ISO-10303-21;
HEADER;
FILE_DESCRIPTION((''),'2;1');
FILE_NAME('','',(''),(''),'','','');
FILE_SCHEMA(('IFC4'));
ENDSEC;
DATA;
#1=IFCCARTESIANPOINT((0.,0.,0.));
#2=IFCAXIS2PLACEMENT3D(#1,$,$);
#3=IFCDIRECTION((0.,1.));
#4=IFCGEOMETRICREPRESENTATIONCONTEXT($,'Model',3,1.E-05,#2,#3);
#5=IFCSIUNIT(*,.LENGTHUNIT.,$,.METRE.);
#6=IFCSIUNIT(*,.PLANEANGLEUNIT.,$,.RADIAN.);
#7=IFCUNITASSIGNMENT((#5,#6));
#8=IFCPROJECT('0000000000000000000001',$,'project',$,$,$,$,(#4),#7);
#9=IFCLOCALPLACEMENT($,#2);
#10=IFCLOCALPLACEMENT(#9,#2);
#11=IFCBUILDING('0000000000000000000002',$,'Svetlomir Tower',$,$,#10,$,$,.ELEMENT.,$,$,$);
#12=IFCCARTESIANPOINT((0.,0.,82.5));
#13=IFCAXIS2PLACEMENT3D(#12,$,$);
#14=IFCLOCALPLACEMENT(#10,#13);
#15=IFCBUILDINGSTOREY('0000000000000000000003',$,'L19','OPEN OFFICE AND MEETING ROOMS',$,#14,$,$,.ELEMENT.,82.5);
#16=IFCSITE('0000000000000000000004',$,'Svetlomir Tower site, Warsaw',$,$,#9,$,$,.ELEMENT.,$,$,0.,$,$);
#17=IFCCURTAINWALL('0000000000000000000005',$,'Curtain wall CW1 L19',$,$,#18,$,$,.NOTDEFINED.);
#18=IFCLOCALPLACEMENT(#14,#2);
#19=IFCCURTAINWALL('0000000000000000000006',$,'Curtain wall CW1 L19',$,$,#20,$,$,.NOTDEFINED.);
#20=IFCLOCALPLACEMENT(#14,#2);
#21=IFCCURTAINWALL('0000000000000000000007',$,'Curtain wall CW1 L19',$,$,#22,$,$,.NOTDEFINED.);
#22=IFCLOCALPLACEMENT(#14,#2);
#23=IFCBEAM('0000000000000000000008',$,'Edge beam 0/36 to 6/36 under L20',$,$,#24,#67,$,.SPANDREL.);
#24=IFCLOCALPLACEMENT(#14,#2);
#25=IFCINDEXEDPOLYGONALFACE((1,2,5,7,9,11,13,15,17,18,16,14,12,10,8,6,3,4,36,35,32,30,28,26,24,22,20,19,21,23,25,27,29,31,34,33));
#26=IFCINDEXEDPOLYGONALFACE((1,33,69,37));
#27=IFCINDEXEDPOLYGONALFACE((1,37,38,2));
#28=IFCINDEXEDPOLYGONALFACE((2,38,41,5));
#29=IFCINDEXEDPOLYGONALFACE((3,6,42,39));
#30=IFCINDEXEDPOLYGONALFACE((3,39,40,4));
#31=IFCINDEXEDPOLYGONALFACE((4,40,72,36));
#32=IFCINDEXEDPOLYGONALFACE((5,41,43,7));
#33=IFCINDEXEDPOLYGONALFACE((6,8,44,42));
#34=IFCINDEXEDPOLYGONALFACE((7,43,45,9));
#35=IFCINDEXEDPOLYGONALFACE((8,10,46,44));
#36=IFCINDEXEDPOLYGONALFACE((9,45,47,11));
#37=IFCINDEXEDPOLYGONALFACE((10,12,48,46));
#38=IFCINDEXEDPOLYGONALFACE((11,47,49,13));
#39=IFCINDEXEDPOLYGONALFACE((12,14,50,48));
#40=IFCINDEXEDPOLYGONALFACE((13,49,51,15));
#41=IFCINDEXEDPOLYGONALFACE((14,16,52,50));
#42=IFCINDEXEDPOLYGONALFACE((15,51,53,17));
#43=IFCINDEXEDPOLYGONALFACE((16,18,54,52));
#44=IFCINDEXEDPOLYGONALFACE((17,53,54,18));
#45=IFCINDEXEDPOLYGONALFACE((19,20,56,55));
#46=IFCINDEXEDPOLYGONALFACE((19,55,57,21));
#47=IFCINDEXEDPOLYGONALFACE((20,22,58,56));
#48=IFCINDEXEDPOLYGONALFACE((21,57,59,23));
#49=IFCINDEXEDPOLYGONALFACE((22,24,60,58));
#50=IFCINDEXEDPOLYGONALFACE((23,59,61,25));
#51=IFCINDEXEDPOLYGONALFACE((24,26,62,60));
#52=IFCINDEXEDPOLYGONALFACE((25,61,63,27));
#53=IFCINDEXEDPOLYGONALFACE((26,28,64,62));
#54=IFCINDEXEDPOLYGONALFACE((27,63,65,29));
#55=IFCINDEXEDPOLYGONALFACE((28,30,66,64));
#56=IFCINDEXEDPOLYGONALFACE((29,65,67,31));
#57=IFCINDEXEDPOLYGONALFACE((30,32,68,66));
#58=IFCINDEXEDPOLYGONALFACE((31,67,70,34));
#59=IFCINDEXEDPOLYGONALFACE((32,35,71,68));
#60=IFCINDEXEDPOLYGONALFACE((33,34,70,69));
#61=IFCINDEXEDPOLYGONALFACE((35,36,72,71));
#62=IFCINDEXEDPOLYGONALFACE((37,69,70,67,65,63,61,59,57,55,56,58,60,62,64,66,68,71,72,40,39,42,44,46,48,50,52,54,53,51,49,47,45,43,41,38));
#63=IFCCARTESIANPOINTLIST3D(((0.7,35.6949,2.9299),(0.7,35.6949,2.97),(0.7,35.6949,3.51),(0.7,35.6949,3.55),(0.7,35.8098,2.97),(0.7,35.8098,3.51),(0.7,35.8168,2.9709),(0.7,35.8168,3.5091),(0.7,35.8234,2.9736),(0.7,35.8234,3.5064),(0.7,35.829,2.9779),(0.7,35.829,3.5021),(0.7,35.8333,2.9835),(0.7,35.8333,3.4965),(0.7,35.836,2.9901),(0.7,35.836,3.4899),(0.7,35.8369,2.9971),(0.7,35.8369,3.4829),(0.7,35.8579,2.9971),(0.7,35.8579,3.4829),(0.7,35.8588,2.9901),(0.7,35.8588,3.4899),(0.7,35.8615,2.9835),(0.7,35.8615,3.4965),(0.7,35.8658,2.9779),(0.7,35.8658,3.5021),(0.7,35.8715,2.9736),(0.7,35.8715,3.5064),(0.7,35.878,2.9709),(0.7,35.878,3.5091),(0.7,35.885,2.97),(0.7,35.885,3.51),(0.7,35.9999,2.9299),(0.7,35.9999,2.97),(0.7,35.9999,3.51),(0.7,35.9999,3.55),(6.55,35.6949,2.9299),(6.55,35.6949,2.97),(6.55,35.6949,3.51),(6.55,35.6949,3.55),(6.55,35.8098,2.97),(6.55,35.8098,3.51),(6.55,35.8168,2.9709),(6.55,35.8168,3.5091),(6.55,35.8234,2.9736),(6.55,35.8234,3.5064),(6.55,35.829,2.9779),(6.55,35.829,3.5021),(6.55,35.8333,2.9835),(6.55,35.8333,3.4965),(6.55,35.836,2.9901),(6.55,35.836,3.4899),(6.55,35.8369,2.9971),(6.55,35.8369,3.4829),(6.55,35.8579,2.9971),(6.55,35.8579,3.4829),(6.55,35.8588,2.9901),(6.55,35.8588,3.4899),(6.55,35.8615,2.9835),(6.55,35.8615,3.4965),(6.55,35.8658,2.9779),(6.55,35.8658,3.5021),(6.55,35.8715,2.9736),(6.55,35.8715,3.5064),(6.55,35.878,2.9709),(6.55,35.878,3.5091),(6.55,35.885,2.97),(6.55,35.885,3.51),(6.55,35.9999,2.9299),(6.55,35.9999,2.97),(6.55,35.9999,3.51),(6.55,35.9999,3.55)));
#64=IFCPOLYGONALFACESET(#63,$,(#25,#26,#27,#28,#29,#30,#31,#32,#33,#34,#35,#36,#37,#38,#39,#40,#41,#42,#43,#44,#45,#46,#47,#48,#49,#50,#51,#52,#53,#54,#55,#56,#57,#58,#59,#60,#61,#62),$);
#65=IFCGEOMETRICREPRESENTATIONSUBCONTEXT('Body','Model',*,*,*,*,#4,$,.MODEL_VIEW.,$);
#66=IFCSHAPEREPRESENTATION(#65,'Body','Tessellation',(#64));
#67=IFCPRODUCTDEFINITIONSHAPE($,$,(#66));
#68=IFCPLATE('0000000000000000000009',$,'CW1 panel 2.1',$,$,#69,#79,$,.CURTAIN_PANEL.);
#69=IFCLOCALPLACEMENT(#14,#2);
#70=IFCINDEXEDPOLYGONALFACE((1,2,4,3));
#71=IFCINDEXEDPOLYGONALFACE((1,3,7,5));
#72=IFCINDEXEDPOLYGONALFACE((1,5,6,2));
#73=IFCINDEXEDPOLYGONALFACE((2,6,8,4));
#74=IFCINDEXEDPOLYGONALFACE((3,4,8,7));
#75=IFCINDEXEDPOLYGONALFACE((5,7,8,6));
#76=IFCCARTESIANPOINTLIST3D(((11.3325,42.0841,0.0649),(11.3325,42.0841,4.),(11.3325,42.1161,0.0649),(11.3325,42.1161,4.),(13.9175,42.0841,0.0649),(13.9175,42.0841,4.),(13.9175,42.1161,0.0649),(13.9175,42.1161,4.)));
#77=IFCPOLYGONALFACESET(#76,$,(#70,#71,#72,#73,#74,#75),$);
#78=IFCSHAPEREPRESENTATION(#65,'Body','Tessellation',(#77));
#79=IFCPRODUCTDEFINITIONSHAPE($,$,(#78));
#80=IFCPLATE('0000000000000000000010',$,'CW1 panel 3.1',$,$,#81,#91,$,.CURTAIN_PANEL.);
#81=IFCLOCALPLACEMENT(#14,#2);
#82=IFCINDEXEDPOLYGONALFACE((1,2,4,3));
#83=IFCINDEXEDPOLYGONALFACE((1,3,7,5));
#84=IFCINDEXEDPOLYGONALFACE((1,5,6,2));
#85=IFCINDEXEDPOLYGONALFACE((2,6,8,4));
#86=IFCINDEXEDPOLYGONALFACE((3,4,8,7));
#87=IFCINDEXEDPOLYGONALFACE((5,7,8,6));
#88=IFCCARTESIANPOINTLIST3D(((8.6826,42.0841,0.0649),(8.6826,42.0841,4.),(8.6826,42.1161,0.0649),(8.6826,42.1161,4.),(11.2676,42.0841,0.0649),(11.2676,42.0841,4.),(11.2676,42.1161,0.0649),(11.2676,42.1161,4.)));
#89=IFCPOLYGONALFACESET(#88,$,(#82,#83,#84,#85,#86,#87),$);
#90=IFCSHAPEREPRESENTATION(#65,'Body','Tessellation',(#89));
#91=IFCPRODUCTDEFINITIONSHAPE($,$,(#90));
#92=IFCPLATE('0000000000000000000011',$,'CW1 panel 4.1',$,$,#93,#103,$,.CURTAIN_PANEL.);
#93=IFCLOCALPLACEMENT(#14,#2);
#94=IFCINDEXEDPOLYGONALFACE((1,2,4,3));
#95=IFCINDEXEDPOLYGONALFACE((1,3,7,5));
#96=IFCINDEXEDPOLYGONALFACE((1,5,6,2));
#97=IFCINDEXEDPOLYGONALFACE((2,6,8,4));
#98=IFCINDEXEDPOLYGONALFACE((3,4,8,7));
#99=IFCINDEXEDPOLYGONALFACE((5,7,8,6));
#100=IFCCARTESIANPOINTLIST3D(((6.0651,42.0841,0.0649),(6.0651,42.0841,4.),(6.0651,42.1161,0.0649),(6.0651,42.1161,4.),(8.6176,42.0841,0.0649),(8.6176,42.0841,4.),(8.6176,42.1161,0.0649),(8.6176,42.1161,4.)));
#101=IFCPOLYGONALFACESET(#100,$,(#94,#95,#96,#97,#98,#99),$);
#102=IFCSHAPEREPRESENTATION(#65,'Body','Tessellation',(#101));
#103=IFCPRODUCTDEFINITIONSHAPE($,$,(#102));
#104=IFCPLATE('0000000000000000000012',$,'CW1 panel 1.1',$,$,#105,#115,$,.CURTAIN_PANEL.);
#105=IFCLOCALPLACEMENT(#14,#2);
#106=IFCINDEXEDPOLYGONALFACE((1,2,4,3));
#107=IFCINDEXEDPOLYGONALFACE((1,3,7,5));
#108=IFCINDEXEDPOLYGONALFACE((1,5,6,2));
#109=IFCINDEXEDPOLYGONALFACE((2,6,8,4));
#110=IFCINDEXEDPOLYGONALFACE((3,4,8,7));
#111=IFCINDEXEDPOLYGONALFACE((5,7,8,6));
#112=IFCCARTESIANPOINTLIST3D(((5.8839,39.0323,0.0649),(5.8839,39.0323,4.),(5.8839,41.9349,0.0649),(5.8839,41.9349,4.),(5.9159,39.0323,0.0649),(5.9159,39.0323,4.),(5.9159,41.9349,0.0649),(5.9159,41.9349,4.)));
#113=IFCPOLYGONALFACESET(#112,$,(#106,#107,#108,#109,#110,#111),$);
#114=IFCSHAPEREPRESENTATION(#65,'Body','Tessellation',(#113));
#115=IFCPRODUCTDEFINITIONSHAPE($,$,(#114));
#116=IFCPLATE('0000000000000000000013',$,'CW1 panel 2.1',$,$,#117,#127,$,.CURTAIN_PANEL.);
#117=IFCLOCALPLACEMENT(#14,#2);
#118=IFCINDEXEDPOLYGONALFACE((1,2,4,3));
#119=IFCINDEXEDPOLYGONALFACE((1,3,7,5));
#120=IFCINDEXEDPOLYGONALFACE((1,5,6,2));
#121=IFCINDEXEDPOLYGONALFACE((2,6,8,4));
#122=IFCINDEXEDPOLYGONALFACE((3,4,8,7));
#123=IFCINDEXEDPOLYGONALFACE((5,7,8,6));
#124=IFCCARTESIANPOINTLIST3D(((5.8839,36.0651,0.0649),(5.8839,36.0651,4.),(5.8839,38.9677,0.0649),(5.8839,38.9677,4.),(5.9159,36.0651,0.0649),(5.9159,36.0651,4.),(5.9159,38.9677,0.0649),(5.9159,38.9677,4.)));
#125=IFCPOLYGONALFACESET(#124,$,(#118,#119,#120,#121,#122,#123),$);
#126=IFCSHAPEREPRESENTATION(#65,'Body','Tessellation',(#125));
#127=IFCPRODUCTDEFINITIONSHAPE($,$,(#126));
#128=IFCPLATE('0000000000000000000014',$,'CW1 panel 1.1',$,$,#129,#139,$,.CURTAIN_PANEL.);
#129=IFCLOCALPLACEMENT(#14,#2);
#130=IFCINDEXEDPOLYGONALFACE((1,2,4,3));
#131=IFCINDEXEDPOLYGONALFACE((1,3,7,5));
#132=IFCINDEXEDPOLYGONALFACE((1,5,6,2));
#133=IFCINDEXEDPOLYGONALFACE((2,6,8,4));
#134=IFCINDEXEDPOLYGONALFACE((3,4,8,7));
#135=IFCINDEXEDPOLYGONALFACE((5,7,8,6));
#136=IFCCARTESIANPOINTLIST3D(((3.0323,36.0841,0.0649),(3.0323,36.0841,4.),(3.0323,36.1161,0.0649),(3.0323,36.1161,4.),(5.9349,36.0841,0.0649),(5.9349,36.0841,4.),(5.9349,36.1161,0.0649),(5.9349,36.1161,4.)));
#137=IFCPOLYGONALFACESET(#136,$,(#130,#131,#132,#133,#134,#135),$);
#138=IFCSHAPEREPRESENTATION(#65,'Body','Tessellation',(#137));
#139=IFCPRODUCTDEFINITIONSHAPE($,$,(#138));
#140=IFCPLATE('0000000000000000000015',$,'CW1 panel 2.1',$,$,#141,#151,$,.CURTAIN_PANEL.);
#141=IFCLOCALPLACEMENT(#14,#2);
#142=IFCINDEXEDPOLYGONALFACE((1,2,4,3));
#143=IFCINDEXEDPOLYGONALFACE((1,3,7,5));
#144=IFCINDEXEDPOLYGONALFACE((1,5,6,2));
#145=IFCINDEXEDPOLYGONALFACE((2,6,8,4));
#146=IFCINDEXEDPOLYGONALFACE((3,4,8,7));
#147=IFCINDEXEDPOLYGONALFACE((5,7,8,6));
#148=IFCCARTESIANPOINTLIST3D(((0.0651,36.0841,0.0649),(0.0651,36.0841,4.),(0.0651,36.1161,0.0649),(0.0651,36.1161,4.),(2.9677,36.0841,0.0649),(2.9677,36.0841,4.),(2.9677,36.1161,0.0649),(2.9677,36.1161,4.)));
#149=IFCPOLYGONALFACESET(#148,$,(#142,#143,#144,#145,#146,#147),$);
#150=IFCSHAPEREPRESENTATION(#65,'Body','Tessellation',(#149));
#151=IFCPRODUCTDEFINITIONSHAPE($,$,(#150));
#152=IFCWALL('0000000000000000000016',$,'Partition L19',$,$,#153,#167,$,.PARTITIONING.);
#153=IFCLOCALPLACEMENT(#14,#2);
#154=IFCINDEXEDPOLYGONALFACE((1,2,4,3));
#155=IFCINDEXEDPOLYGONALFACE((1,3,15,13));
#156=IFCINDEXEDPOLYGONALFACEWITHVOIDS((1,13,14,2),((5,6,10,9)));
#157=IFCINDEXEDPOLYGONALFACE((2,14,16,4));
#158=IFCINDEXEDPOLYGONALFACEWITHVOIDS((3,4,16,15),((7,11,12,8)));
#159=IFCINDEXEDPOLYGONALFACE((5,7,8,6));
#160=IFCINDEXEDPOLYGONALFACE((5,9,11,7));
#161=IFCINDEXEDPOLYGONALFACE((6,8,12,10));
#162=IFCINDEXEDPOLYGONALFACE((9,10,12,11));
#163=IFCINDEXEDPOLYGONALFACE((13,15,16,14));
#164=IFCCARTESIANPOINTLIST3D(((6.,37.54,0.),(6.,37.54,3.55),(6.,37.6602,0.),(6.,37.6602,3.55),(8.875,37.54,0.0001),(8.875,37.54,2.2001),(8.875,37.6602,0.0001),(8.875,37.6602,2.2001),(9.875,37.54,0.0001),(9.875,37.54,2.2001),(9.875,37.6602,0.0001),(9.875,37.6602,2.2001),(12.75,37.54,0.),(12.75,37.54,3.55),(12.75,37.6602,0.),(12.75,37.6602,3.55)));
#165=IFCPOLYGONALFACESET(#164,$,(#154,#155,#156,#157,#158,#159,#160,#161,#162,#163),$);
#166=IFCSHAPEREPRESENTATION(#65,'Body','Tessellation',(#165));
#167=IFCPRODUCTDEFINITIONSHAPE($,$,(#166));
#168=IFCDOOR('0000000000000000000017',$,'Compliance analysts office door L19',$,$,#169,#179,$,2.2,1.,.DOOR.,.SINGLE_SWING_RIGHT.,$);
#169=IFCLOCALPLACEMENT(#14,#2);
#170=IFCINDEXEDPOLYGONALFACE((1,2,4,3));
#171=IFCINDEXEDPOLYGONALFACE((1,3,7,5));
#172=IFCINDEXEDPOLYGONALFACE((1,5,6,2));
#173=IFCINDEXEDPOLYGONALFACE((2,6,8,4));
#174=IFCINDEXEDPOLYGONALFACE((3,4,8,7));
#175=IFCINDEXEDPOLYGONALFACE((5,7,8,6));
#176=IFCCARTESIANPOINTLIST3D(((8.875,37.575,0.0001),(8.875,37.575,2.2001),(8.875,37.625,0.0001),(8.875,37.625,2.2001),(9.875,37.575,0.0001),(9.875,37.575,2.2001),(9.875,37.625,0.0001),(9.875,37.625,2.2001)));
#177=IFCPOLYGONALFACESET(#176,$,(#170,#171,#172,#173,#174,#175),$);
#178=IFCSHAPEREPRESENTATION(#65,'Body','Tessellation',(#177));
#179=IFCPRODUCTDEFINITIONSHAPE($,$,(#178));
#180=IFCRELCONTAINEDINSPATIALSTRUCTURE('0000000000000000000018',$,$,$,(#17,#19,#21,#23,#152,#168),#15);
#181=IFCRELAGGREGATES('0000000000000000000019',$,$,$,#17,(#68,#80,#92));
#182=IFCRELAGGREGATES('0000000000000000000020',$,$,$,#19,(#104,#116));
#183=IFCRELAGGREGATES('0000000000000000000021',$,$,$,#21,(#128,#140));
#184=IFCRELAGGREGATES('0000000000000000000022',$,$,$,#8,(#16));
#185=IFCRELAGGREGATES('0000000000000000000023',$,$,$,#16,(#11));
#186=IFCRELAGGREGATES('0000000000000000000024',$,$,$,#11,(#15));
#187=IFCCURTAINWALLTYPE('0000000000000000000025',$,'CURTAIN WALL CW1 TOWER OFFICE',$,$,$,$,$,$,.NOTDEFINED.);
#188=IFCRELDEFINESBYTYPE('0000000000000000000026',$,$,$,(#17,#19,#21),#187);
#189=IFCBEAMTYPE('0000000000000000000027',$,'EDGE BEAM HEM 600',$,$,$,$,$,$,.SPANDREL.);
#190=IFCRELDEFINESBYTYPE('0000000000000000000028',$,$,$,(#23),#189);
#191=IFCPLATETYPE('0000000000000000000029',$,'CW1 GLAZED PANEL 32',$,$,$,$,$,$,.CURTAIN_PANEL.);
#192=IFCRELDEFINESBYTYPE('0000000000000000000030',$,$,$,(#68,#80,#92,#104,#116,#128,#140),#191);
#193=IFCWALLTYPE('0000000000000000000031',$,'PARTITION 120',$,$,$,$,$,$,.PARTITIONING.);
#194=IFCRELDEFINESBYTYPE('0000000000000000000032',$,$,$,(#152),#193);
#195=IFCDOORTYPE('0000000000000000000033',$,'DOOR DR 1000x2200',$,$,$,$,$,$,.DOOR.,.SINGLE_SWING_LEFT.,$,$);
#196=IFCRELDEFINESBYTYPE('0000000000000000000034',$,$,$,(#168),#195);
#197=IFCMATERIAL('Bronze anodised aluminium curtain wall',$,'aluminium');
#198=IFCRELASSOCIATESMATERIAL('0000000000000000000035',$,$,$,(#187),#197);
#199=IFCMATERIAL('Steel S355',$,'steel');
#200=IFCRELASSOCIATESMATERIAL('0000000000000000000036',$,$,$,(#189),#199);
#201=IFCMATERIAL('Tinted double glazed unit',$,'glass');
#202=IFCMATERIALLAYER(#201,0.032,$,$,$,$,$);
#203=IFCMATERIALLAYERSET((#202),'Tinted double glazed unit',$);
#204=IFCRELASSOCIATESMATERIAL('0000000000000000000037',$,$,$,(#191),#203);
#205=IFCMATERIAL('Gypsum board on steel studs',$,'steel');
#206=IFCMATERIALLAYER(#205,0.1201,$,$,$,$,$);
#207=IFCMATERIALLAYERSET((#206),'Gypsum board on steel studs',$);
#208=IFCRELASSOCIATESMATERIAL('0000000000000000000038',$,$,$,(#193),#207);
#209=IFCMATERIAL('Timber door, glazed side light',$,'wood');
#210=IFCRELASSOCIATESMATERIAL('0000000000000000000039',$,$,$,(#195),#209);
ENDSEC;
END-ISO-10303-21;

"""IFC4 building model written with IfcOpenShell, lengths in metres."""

from ifc_helpers import new_model, si_unit, direction, frame, frame_2d, origin, origin_2d, place, context, subcontext, project, spatial, rectangle, i_section, extrude, material, layer, layer_set, material_profile, profile_set, type_object, element, fill, aggregate, save


model = new_model("IFC4")

# Units and contexts
model_context = context("Model", 3, precision=1e-05, world=origin(), true_north=direction((0.0, 1.0)))
body_context = subcontext(model_context, "Body", "Model", "MODEL_VIEW")
ifc_project = project(units=[si_unit("LENGTHUNIT", "METRE"), si_unit("PLANEANGLEUNIT", "RADIAN")], contexts=[model_context])

# Site, building, storey
site_placement = place(None, origin())
site = spatial("IfcSite", under=ifc_project, at=site_placement, Name="Svetlomir Tower site, Warsaw", CompositionType="ELEMENT", RefElevation=0.0)
building_placement = place(site_placement, origin())
building = spatial("IfcBuilding", under=site, at=building_placement, Name="Svetlomir Tower", CompositionType="ELEMENT")
storey_placement = place(building_placement, frame((0.0, 0.0, 82.5)))
storey = spatial("IfcBuildingStorey", under=building, at=storey_placement, Name="L19", Description="OPEN OFFICE AND MEETING ROOMS", CompositionType="ELEMENT", Elevation=82.5)

# Curtain walls
ifc_material_1 = material(Name="Bronze anodised aluminium curtain wall", Category="aluminium")
curtain_wall_type = type_object("IfcCurtainWallType", Name="CURTAIN WALL CW1 TOWER OFFICE", PredefinedType="NOTDEFINED", material=ifc_material_1)
curtain_wall_1_placement = place(storey_placement, origin())
curtain_wall_1 = element("IfcCurtainWall", 1, at=curtain_wall_1_placement, inside=storey, type_object=curtain_wall_type, Name="Curtain wall CW1 L19", PredefinedType="NOTDEFINED")
curtain_wall_2_placement = place(storey_placement, origin())
curtain_wall_2 = element("IfcCurtainWall", 2, at=curtain_wall_2_placement, inside=storey, type_object=curtain_wall_type, Name="Curtain wall CW1 L19", PredefinedType="NOTDEFINED")
curtain_wall_3_placement = place(storey_placement, origin())
curtain_wall_3 = element("IfcCurtainWall", 3, at=curtain_wall_3_placement, inside=storey, type_object=curtain_wall_type, Name="Curtain wall CW1 L19", PredefinedType="NOTDEFINED")

# Beam
ifc_material_2 = material(Name="Steel S355", Category="steel")
ifc_material_profile_1 = material_profile(ifc_material_2, i_section(OverallWidth=0.3049, OverallDepth=0.6201, WebThickness=0.021, FlangeThickness=0.04, FilletRadius=0.0271, at=origin_2d()), Name="HEM 600")
ifc_profile_set_1 = profile_set([ifc_material_profile_1], Name="Steel S355")
beam_type = type_object("IfcBeamType", Name="EDGE BEAM HEM 600", PredefinedType="SPANDREL", material=ifc_profile_set_1)
for number, where, z_axis, x_axis, name in (
    (4, (0.7, 35.8474, 3.24), (1.0, 0.0, 0.0), (0.0, 1.0, 0.0), "Edge beam 0/36 to 6/36 under L20"),
):
    element("IfcBeam", number, at=place(storey_placement, frame(where, z_axis=z_axis, x_axis=x_axis)), inside=storey, type_object=beam_type, Name=name, PredefinedType="SPANDREL", context=body_context, shape_type="SweptSolid", body=[
        extrude(i_section(OverallWidth=0.3049, OverallDepth=0.6201, WebThickness=0.021, FlangeThickness=0.04, FilletRadius=0.0271, at=origin_2d()), origin(), (0.0, 0.0, 1.0), 5.8501),
    ])

# Plates
ifc_material_3 = material(Name="Tinted double glazed unit", Category="glass")
ifc_layer_1 = layer(ifc_material_3, 0.032)
ifc_layer_set_1 = layer_set([ifc_layer_1], Name="Tinted double glazed unit")
plate_type = type_object("IfcPlateType", Name="CW1 GLAZED PANEL 32", PredefinedType="CURTAIN_PANEL", material=ifc_layer_set_1)
plate_1_placement = place(storey_placement, frame((12.625, 42.1001, 0.0649), z_axis=(0.0, 0.0, 1.0), x_axis=(-1.0, 0.0, 0.0)))
plate_1 = element("IfcPlate", 5, at=plate_1_placement, type_object=plate_type, Name="CW1 panel 2.1", PredefinedType="CURTAIN_PANEL", context=body_context, shape_type="SweptSolid", body=[
    extrude(rectangle(XDim=2.585, YDim=0.032, at=origin_2d()), origin(), (0.0, 0.0, 1.0), 3.9351),
])
plate_2_placement = place(storey_placement, frame((9.9751, 42.1001, 0.0649), z_axis=(0.0, 0.0, 1.0), x_axis=(-1.0, 0.0, 0.0)))
plate_2 = element("IfcPlate", 6, at=plate_2_placement, type_object=plate_type, Name="CW1 panel 3.1", PredefinedType="CURTAIN_PANEL", context=body_context, shape_type="SweptSolid", body=[
    extrude(rectangle(XDim=2.585, YDim=0.032, at=origin_2d()), origin(), (0.0, 0.0, 1.0), 3.9351),
])
plate_3_placement = place(storey_placement, frame((7.3413, 42.1001, 0.0649), z_axis=(0.0, 0.0, 1.0), x_axis=(-1.0, 0.0, 0.0)))
plate_3 = element("IfcPlate", 7, at=plate_3_placement, type_object=plate_type, Name="CW1 panel 4.1", PredefinedType="CURTAIN_PANEL", context=body_context, shape_type="SweptSolid", body=[
    extrude(rectangle(XDim=2.5525, YDim=0.032, at=origin_2d()), origin(), (0.0, 0.0, 1.0), 3.9351),
])
aggregate(curtain_wall_1, [plate_1, plate_2, plate_3])
plate_4_placement = place(storey_placement, frame((5.8999, 40.4836, 0.0649), z_axis=(0.0, 0.0, 1.0), x_axis=(0.0, -1.0, 0.0)))
plate_4 = element("IfcPlate", 8, at=plate_4_placement, type_object=plate_type, Name="CW1 panel 1.1", PredefinedType="CURTAIN_PANEL", context=body_context, shape_type="SweptSolid", body=[
    extrude(rectangle(XDim=2.9026, YDim=0.032, at=origin_2d()), origin(), (0.0, 0.0, 1.0), 3.9351),
])
plate_5_placement = place(storey_placement, frame((5.8999, 37.5164, 0.0649), z_axis=(0.0, 0.0, 1.0), x_axis=(0.0, -1.0, 0.0)))
plate_5 = element("IfcPlate", 9, at=plate_5_placement, type_object=plate_type, Name="CW1 panel 2.1", PredefinedType="CURTAIN_PANEL", context=body_context, shape_type="SweptSolid", body=[
    extrude(rectangle(XDim=2.9026, YDim=0.032, at=origin_2d()), origin(), (0.0, 0.0, 1.0), 3.9351),
])
aggregate(curtain_wall_2, [plate_4, plate_5])
plate_6_placement = place(storey_placement, frame((4.4836, 36.1001, 0.0649), z_axis=(0.0, 0.0, 1.0), x_axis=(-1.0, 0.0, 0.0)))
plate_6 = element("IfcPlate", 10, at=plate_6_placement, type_object=plate_type, Name="CW1 panel 1.1", PredefinedType="CURTAIN_PANEL", context=body_context, shape_type="SweptSolid", body=[
    extrude(rectangle(XDim=2.9026, YDim=0.032, at=origin_2d()), origin(), (0.0, 0.0, 1.0), 3.9351),
])
plate_7_placement = place(storey_placement, frame((1.5164, 36.1001, 0.0649), z_axis=(0.0, 0.0, 1.0), x_axis=(-1.0, 0.0, 0.0)))
plate_7 = element("IfcPlate", 11, at=plate_7_placement, type_object=plate_type, Name="CW1 panel 2.1", PredefinedType="CURTAIN_PANEL", context=body_context, shape_type="SweptSolid", body=[
    extrude(rectangle(XDim=2.9026, YDim=0.032, at=origin_2d()), origin(), (0.0, 0.0, 1.0), 3.9351),
])
aggregate(curtain_wall_3, [plate_6, plate_7])

# Wall, opening, door
ifc_material_4 = material(Name="Gypsum board on steel studs", Category="steel")
ifc_layer_2 = layer(ifc_material_4, 0.1201)
ifc_layer_set_2 = layer_set([ifc_layer_2], Name="Gypsum board on steel studs")
wall_type = type_object("IfcWallType", Name="PARTITION 120", PredefinedType="PARTITIONING", material=ifc_layer_set_2)
wall_placement = place(storey_placement, frame((6.0, 37.6001, 0.0), z_axis=(0.0, 0.0, 1.0), x_axis=(1.0, 0.0, 0.0)))
wall = element("IfcWall", 12, at=wall_placement, inside=storey, type_object=wall_type, Name="Partition L19", PredefinedType="PARTITIONING", context=body_context, shape_type="SweptSolid", body=[
    extrude(rectangle(XDim=6.75, YDim=0.1201, at=frame_2d((3.375, 0.0))), origin(), (0.0, 0.0, 1.0), 3.55),
])
opening_placement = place(wall_placement, frame((2.875, 0.0, 0.0)))
opening = element("IfcOpeningElement", 13, at=opening_placement, cuts=wall, PredefinedType="OPENING", context=body_context, shape_type="SweptSolid", body=[
    extrude(rectangle(XDim=1.0, YDim=2.2, at=frame_2d((0.5, 1.1001))), frame((0.0, 0.0701, 0.0), z_axis=(0.0, -1.0, 0.0), x_axis=(1.0, 0.0, 0.0)), (0.0, 0.0, 1.0), 0.1401),
])
ifc_material_5 = material(Name="Timber door, glazed side light", Category="wood")
door_type = type_object("IfcDoorType", Name="DOOR DR 1000x2200", OperationType="SINGLE_SWING_LEFT", PredefinedType="DOOR", material=ifc_material_5)
door_placement = place(opening_placement, origin())
door = element("IfcDoor", 14, at=door_placement, inside=storey, type_object=door_type, Name="Compliance analysts office door L19", OperationType="SINGLE_SWING_RIGHT", OverallHeight=2.2, OverallWidth=1.0, PredefinedType="DOOR", context=body_context, shape_type="SweptSolid", body=[
    extrude(rectangle(XDim=1.0, YDim=2.2, at=frame_2d((0.5, 1.1001))), frame((0.0, 0.0249, 0.0), z_axis=(0.0, -1.0, 0.0), x_axis=(1.0, 0.0, 0.0)), (0.0, 0.0, 1.0), 0.05),
])
fill(opening, door)

save(model, "model.ifc")
